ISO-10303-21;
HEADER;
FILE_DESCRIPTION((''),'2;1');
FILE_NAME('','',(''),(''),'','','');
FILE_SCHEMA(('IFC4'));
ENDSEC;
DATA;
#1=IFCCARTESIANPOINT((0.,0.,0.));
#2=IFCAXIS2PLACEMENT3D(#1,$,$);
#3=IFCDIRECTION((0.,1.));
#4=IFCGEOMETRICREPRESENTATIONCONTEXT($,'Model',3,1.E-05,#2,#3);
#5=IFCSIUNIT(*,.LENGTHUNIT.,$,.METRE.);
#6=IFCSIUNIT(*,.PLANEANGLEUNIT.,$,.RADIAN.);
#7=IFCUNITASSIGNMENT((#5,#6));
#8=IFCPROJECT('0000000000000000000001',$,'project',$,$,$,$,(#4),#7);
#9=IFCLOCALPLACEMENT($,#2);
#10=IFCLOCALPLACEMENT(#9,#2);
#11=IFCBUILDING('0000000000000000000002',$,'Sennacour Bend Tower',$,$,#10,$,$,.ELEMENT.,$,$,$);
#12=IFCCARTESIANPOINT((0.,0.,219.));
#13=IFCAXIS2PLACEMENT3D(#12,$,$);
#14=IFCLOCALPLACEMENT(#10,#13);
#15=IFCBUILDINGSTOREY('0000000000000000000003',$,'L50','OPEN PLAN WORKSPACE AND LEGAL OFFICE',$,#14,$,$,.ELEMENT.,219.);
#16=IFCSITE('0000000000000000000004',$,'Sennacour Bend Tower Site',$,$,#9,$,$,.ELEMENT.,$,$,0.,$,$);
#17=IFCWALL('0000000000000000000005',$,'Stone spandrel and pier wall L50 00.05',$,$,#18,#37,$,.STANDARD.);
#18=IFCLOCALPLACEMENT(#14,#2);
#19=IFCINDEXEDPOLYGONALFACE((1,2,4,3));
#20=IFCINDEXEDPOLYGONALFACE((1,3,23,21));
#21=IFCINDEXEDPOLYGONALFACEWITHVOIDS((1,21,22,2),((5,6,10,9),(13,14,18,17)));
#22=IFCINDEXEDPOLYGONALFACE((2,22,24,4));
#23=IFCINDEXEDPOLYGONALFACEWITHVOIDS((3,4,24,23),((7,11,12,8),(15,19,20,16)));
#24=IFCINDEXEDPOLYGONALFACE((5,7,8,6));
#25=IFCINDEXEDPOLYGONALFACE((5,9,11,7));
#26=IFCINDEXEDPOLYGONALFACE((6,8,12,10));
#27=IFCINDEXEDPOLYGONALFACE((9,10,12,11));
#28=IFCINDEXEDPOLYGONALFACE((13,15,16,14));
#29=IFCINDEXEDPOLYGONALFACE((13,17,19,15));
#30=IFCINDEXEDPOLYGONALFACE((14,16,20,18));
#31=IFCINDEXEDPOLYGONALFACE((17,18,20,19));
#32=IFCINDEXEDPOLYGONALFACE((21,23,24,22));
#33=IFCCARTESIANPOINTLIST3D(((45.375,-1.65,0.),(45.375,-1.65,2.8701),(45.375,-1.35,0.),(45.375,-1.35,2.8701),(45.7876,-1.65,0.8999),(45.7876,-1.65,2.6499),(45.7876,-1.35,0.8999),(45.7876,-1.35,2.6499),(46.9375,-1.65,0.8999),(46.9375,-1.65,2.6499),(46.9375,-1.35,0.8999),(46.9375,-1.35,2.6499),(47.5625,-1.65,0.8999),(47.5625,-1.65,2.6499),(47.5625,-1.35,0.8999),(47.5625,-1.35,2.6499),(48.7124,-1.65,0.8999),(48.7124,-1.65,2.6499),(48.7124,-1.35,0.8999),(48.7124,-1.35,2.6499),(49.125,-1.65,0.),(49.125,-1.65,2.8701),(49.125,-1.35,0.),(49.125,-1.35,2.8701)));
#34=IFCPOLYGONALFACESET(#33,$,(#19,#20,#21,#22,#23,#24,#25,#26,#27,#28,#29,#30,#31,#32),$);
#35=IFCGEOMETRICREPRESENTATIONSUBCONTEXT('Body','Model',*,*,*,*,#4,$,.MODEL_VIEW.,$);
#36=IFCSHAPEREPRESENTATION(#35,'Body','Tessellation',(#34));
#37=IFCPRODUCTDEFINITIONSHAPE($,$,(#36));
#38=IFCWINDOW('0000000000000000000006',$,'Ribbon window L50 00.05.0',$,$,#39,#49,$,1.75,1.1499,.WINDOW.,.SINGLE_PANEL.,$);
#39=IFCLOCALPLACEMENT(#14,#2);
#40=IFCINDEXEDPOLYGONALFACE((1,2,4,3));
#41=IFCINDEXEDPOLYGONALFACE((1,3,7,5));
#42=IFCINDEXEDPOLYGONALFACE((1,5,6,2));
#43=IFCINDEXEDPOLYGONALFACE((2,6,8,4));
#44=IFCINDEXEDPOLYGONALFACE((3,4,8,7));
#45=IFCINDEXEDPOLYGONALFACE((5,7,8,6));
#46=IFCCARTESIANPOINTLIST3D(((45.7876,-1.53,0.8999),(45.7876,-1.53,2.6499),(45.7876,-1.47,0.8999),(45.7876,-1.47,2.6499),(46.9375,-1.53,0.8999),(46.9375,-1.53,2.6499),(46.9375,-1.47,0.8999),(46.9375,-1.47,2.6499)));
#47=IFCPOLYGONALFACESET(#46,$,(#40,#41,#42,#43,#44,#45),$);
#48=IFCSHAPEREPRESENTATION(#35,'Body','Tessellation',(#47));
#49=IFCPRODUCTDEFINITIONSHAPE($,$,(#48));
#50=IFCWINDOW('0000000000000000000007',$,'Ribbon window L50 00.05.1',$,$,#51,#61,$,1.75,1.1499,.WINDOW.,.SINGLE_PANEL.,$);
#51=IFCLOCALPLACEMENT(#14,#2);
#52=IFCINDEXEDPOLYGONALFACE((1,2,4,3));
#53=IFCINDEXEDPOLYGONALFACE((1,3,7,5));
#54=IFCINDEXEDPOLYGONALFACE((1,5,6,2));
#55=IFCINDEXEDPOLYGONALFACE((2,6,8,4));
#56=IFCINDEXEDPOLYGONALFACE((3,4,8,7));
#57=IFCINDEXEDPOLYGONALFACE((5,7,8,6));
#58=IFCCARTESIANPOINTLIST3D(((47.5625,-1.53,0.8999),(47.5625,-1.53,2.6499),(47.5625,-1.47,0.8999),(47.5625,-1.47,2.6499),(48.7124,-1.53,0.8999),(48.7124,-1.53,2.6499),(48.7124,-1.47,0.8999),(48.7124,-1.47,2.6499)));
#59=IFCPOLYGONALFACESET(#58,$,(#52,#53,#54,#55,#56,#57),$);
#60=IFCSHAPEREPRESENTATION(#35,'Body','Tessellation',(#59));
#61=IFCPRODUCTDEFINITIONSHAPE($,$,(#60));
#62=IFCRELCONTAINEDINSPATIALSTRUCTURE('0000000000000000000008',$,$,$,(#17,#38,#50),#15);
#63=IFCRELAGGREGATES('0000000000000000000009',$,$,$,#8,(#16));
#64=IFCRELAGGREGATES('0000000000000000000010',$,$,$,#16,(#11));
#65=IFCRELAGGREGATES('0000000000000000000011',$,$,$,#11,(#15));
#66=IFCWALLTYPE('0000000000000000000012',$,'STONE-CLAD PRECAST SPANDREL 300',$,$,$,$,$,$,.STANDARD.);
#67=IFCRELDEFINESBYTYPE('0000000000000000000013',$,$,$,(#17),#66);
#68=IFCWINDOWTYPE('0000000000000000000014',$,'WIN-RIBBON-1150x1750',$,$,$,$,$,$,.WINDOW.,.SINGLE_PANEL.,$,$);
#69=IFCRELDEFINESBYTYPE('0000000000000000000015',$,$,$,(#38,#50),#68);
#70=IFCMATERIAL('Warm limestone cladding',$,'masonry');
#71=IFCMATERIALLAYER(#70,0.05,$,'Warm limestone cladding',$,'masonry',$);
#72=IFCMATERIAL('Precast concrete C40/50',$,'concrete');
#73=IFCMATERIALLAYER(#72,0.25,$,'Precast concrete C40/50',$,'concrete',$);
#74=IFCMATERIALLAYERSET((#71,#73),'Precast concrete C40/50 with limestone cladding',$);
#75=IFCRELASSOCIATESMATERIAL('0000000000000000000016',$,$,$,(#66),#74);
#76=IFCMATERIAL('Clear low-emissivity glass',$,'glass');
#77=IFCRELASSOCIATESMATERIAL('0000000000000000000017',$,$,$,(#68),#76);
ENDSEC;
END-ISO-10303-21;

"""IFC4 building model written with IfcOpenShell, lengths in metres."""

from ifc_helpers import new_model, si_unit, direction, frame, frame_2d, origin, place, context, subcontext, project, spatial, rectangle, extrude, material, layer, layer_set, type_object, element, fill, save


model = new_model("IFC4")

# Units and contexts
model_context = context("Model", 3, precision=1e-05, world=origin(), true_north=direction((0.0, 1.0)))
body_context = subcontext(model_context, "Body", "Model", "MODEL_VIEW")
ifc_project = project(units=[si_unit("LENGTHUNIT", "METRE"), si_unit("PLANEANGLEUNIT", "RADIAN")], contexts=[model_context])

# Site, building, storey
site_placement = place(None, origin())
site = spatial("IfcSite", under=ifc_project, at=site_placement, Name="Sennacour Bend Tower Site", CompositionType="ELEMENT", RefElevation=0.0)
building_placement = place(site_placement, origin())
building = spatial("IfcBuilding", under=site, at=building_placement, Name="Sennacour Bend Tower", CompositionType="ELEMENT")
storey_placement = place(building_placement, frame((0.0, 0.0, 219.0)))
storey = spatial("IfcBuildingStorey", under=building, at=storey_placement, Name="L50", Description="OPEN PLAN WORKSPACE AND LEGAL OFFICE", CompositionType="ELEMENT", Elevation=219.0)

# Wall, openings, windows
ifc_material_1 = material(Name="Warm limestone cladding", Category="masonry")
ifc_layer_1 = layer(ifc_material_1, 0.05, Name="Warm limestone cladding", Category="masonry")
ifc_material_2 = material(Name="Precast concrete C40/50", Category="concrete")
ifc_layer_2 = layer(ifc_material_2, 0.25, Name="Precast concrete C40/50", Category="concrete")
ifc_layer_set_1 = layer_set([ifc_layer_1, ifc_layer_2], Name="Precast concrete C40/50 with limestone cladding")
wall_type_1 = type_object("IfcWallType", Name="STONE-CLAD PRECAST SPANDREL 300", PredefinedType="STANDARD", material=ifc_layer_set_1)
wall_1_placement = place(storey_placement, frame((45.375, -1.5, 0.0), z_axis=(0.0, 0.0, 1.0), x_axis=(1.0, 0.0, 0.0)))
wall_1 = element("IfcWall", 1, at=wall_1_placement, inside=storey, type_object=wall_type_1, Name="Stone spandrel and pier wall L50 00.05", PredefinedType="STANDARD", context=body_context, shape_type="SweptSolid", body=[
    extrude(rectangle(XDim=3.75, YDim=0.3, at=frame_2d((1.875, 0.0))), origin(), (0.0, 0.0, 1.0), 2.8701),
])
opening_1_placement = place(wall_1_placement, frame((0.4126, 0.0, 0.8999)))
opening_1 = element("IfcOpeningElement", 2, at=opening_1_placement, cuts=wall_1, PredefinedType="OPENING", context=body_context, shape_type="SweptSolid", body=[
    extrude(rectangle(XDim=1.1499, YDim=1.75, at=frame_2d((0.575, 0.875))), frame((0.0, 0.1602, 0.0), z_axis=(0.0, -1.0, 0.0), x_axis=(1.0, 0.0, 0.0)), (0.0, 0.0, 1.0), 0.3201),
])
opening_2_placement = place(wall_1_placement, frame((2.1875, 0.0, 0.8999)))
opening_2 = element("IfcOpeningElement", 3, at=opening_2_placement, cuts=wall_1, PredefinedType="OPENING", context=body_context, shape_type="SweptSolid", body=[
    extrude(rectangle(XDim=1.1499, YDim=1.75, at=frame_2d((0.575, 0.875))), frame((0.0, 0.1602, 0.0), z_axis=(0.0, -1.0, 0.0), x_axis=(1.0, 0.0, 0.0)), (0.0, 0.0, 1.0), 0.3201),
])
ifc_material_3 = material(Name="Clear low-emissivity glass", Category="glass")
window_type = type_object("IfcWindowType", Name="WIN-RIBBON-1150x1750", PartitioningType="SINGLE_PANEL", PredefinedType="WINDOW", material=ifc_material_3)
window_1_placement = place(opening_1_placement, origin())
window_1 = element("IfcWindow", 4, at=window_1_placement, inside=storey, type_object=window_type, Name="Ribbon window L50 00.05.0", OverallHeight=1.75, OverallWidth=1.1499, PartitioningType="SINGLE_PANEL", PredefinedType="WINDOW", context=body_context, shape_type="SweptSolid", body=[
    extrude(rectangle(XDim=1.1499, YDim=1.75, at=frame_2d((0.575, 0.875))), frame((0.0, 0.03, 0.0), z_axis=(0.0, -1.0, 0.0), x_axis=(1.0, 0.0, 0.0)), (0.0, 0.0, 1.0), 0.0601),
])
fill(opening_1, window_1)
window_2_placement = place(opening_2_placement, origin())
window_2 = element("IfcWindow", 5, at=window_2_placement, inside=storey, type_object=window_type, Name="Ribbon window L50 00.05.1", OverallHeight=1.75, OverallWidth=1.1499, PartitioningType="SINGLE_PANEL", PredefinedType="WINDOW", context=body_context, shape_type="SweptSolid", body=[
    extrude(rectangle(XDim=1.1499, YDim=1.75, at=frame_2d((0.575, 0.875))), frame((0.0, 0.03, 0.0), z_axis=(0.0, -1.0, 0.0), x_axis=(1.0, 0.0, 0.0)), (0.0, 0.0, 1.0), 0.0601),
])
fill(opening_2, window_2)

save(model, "model.ifc")
